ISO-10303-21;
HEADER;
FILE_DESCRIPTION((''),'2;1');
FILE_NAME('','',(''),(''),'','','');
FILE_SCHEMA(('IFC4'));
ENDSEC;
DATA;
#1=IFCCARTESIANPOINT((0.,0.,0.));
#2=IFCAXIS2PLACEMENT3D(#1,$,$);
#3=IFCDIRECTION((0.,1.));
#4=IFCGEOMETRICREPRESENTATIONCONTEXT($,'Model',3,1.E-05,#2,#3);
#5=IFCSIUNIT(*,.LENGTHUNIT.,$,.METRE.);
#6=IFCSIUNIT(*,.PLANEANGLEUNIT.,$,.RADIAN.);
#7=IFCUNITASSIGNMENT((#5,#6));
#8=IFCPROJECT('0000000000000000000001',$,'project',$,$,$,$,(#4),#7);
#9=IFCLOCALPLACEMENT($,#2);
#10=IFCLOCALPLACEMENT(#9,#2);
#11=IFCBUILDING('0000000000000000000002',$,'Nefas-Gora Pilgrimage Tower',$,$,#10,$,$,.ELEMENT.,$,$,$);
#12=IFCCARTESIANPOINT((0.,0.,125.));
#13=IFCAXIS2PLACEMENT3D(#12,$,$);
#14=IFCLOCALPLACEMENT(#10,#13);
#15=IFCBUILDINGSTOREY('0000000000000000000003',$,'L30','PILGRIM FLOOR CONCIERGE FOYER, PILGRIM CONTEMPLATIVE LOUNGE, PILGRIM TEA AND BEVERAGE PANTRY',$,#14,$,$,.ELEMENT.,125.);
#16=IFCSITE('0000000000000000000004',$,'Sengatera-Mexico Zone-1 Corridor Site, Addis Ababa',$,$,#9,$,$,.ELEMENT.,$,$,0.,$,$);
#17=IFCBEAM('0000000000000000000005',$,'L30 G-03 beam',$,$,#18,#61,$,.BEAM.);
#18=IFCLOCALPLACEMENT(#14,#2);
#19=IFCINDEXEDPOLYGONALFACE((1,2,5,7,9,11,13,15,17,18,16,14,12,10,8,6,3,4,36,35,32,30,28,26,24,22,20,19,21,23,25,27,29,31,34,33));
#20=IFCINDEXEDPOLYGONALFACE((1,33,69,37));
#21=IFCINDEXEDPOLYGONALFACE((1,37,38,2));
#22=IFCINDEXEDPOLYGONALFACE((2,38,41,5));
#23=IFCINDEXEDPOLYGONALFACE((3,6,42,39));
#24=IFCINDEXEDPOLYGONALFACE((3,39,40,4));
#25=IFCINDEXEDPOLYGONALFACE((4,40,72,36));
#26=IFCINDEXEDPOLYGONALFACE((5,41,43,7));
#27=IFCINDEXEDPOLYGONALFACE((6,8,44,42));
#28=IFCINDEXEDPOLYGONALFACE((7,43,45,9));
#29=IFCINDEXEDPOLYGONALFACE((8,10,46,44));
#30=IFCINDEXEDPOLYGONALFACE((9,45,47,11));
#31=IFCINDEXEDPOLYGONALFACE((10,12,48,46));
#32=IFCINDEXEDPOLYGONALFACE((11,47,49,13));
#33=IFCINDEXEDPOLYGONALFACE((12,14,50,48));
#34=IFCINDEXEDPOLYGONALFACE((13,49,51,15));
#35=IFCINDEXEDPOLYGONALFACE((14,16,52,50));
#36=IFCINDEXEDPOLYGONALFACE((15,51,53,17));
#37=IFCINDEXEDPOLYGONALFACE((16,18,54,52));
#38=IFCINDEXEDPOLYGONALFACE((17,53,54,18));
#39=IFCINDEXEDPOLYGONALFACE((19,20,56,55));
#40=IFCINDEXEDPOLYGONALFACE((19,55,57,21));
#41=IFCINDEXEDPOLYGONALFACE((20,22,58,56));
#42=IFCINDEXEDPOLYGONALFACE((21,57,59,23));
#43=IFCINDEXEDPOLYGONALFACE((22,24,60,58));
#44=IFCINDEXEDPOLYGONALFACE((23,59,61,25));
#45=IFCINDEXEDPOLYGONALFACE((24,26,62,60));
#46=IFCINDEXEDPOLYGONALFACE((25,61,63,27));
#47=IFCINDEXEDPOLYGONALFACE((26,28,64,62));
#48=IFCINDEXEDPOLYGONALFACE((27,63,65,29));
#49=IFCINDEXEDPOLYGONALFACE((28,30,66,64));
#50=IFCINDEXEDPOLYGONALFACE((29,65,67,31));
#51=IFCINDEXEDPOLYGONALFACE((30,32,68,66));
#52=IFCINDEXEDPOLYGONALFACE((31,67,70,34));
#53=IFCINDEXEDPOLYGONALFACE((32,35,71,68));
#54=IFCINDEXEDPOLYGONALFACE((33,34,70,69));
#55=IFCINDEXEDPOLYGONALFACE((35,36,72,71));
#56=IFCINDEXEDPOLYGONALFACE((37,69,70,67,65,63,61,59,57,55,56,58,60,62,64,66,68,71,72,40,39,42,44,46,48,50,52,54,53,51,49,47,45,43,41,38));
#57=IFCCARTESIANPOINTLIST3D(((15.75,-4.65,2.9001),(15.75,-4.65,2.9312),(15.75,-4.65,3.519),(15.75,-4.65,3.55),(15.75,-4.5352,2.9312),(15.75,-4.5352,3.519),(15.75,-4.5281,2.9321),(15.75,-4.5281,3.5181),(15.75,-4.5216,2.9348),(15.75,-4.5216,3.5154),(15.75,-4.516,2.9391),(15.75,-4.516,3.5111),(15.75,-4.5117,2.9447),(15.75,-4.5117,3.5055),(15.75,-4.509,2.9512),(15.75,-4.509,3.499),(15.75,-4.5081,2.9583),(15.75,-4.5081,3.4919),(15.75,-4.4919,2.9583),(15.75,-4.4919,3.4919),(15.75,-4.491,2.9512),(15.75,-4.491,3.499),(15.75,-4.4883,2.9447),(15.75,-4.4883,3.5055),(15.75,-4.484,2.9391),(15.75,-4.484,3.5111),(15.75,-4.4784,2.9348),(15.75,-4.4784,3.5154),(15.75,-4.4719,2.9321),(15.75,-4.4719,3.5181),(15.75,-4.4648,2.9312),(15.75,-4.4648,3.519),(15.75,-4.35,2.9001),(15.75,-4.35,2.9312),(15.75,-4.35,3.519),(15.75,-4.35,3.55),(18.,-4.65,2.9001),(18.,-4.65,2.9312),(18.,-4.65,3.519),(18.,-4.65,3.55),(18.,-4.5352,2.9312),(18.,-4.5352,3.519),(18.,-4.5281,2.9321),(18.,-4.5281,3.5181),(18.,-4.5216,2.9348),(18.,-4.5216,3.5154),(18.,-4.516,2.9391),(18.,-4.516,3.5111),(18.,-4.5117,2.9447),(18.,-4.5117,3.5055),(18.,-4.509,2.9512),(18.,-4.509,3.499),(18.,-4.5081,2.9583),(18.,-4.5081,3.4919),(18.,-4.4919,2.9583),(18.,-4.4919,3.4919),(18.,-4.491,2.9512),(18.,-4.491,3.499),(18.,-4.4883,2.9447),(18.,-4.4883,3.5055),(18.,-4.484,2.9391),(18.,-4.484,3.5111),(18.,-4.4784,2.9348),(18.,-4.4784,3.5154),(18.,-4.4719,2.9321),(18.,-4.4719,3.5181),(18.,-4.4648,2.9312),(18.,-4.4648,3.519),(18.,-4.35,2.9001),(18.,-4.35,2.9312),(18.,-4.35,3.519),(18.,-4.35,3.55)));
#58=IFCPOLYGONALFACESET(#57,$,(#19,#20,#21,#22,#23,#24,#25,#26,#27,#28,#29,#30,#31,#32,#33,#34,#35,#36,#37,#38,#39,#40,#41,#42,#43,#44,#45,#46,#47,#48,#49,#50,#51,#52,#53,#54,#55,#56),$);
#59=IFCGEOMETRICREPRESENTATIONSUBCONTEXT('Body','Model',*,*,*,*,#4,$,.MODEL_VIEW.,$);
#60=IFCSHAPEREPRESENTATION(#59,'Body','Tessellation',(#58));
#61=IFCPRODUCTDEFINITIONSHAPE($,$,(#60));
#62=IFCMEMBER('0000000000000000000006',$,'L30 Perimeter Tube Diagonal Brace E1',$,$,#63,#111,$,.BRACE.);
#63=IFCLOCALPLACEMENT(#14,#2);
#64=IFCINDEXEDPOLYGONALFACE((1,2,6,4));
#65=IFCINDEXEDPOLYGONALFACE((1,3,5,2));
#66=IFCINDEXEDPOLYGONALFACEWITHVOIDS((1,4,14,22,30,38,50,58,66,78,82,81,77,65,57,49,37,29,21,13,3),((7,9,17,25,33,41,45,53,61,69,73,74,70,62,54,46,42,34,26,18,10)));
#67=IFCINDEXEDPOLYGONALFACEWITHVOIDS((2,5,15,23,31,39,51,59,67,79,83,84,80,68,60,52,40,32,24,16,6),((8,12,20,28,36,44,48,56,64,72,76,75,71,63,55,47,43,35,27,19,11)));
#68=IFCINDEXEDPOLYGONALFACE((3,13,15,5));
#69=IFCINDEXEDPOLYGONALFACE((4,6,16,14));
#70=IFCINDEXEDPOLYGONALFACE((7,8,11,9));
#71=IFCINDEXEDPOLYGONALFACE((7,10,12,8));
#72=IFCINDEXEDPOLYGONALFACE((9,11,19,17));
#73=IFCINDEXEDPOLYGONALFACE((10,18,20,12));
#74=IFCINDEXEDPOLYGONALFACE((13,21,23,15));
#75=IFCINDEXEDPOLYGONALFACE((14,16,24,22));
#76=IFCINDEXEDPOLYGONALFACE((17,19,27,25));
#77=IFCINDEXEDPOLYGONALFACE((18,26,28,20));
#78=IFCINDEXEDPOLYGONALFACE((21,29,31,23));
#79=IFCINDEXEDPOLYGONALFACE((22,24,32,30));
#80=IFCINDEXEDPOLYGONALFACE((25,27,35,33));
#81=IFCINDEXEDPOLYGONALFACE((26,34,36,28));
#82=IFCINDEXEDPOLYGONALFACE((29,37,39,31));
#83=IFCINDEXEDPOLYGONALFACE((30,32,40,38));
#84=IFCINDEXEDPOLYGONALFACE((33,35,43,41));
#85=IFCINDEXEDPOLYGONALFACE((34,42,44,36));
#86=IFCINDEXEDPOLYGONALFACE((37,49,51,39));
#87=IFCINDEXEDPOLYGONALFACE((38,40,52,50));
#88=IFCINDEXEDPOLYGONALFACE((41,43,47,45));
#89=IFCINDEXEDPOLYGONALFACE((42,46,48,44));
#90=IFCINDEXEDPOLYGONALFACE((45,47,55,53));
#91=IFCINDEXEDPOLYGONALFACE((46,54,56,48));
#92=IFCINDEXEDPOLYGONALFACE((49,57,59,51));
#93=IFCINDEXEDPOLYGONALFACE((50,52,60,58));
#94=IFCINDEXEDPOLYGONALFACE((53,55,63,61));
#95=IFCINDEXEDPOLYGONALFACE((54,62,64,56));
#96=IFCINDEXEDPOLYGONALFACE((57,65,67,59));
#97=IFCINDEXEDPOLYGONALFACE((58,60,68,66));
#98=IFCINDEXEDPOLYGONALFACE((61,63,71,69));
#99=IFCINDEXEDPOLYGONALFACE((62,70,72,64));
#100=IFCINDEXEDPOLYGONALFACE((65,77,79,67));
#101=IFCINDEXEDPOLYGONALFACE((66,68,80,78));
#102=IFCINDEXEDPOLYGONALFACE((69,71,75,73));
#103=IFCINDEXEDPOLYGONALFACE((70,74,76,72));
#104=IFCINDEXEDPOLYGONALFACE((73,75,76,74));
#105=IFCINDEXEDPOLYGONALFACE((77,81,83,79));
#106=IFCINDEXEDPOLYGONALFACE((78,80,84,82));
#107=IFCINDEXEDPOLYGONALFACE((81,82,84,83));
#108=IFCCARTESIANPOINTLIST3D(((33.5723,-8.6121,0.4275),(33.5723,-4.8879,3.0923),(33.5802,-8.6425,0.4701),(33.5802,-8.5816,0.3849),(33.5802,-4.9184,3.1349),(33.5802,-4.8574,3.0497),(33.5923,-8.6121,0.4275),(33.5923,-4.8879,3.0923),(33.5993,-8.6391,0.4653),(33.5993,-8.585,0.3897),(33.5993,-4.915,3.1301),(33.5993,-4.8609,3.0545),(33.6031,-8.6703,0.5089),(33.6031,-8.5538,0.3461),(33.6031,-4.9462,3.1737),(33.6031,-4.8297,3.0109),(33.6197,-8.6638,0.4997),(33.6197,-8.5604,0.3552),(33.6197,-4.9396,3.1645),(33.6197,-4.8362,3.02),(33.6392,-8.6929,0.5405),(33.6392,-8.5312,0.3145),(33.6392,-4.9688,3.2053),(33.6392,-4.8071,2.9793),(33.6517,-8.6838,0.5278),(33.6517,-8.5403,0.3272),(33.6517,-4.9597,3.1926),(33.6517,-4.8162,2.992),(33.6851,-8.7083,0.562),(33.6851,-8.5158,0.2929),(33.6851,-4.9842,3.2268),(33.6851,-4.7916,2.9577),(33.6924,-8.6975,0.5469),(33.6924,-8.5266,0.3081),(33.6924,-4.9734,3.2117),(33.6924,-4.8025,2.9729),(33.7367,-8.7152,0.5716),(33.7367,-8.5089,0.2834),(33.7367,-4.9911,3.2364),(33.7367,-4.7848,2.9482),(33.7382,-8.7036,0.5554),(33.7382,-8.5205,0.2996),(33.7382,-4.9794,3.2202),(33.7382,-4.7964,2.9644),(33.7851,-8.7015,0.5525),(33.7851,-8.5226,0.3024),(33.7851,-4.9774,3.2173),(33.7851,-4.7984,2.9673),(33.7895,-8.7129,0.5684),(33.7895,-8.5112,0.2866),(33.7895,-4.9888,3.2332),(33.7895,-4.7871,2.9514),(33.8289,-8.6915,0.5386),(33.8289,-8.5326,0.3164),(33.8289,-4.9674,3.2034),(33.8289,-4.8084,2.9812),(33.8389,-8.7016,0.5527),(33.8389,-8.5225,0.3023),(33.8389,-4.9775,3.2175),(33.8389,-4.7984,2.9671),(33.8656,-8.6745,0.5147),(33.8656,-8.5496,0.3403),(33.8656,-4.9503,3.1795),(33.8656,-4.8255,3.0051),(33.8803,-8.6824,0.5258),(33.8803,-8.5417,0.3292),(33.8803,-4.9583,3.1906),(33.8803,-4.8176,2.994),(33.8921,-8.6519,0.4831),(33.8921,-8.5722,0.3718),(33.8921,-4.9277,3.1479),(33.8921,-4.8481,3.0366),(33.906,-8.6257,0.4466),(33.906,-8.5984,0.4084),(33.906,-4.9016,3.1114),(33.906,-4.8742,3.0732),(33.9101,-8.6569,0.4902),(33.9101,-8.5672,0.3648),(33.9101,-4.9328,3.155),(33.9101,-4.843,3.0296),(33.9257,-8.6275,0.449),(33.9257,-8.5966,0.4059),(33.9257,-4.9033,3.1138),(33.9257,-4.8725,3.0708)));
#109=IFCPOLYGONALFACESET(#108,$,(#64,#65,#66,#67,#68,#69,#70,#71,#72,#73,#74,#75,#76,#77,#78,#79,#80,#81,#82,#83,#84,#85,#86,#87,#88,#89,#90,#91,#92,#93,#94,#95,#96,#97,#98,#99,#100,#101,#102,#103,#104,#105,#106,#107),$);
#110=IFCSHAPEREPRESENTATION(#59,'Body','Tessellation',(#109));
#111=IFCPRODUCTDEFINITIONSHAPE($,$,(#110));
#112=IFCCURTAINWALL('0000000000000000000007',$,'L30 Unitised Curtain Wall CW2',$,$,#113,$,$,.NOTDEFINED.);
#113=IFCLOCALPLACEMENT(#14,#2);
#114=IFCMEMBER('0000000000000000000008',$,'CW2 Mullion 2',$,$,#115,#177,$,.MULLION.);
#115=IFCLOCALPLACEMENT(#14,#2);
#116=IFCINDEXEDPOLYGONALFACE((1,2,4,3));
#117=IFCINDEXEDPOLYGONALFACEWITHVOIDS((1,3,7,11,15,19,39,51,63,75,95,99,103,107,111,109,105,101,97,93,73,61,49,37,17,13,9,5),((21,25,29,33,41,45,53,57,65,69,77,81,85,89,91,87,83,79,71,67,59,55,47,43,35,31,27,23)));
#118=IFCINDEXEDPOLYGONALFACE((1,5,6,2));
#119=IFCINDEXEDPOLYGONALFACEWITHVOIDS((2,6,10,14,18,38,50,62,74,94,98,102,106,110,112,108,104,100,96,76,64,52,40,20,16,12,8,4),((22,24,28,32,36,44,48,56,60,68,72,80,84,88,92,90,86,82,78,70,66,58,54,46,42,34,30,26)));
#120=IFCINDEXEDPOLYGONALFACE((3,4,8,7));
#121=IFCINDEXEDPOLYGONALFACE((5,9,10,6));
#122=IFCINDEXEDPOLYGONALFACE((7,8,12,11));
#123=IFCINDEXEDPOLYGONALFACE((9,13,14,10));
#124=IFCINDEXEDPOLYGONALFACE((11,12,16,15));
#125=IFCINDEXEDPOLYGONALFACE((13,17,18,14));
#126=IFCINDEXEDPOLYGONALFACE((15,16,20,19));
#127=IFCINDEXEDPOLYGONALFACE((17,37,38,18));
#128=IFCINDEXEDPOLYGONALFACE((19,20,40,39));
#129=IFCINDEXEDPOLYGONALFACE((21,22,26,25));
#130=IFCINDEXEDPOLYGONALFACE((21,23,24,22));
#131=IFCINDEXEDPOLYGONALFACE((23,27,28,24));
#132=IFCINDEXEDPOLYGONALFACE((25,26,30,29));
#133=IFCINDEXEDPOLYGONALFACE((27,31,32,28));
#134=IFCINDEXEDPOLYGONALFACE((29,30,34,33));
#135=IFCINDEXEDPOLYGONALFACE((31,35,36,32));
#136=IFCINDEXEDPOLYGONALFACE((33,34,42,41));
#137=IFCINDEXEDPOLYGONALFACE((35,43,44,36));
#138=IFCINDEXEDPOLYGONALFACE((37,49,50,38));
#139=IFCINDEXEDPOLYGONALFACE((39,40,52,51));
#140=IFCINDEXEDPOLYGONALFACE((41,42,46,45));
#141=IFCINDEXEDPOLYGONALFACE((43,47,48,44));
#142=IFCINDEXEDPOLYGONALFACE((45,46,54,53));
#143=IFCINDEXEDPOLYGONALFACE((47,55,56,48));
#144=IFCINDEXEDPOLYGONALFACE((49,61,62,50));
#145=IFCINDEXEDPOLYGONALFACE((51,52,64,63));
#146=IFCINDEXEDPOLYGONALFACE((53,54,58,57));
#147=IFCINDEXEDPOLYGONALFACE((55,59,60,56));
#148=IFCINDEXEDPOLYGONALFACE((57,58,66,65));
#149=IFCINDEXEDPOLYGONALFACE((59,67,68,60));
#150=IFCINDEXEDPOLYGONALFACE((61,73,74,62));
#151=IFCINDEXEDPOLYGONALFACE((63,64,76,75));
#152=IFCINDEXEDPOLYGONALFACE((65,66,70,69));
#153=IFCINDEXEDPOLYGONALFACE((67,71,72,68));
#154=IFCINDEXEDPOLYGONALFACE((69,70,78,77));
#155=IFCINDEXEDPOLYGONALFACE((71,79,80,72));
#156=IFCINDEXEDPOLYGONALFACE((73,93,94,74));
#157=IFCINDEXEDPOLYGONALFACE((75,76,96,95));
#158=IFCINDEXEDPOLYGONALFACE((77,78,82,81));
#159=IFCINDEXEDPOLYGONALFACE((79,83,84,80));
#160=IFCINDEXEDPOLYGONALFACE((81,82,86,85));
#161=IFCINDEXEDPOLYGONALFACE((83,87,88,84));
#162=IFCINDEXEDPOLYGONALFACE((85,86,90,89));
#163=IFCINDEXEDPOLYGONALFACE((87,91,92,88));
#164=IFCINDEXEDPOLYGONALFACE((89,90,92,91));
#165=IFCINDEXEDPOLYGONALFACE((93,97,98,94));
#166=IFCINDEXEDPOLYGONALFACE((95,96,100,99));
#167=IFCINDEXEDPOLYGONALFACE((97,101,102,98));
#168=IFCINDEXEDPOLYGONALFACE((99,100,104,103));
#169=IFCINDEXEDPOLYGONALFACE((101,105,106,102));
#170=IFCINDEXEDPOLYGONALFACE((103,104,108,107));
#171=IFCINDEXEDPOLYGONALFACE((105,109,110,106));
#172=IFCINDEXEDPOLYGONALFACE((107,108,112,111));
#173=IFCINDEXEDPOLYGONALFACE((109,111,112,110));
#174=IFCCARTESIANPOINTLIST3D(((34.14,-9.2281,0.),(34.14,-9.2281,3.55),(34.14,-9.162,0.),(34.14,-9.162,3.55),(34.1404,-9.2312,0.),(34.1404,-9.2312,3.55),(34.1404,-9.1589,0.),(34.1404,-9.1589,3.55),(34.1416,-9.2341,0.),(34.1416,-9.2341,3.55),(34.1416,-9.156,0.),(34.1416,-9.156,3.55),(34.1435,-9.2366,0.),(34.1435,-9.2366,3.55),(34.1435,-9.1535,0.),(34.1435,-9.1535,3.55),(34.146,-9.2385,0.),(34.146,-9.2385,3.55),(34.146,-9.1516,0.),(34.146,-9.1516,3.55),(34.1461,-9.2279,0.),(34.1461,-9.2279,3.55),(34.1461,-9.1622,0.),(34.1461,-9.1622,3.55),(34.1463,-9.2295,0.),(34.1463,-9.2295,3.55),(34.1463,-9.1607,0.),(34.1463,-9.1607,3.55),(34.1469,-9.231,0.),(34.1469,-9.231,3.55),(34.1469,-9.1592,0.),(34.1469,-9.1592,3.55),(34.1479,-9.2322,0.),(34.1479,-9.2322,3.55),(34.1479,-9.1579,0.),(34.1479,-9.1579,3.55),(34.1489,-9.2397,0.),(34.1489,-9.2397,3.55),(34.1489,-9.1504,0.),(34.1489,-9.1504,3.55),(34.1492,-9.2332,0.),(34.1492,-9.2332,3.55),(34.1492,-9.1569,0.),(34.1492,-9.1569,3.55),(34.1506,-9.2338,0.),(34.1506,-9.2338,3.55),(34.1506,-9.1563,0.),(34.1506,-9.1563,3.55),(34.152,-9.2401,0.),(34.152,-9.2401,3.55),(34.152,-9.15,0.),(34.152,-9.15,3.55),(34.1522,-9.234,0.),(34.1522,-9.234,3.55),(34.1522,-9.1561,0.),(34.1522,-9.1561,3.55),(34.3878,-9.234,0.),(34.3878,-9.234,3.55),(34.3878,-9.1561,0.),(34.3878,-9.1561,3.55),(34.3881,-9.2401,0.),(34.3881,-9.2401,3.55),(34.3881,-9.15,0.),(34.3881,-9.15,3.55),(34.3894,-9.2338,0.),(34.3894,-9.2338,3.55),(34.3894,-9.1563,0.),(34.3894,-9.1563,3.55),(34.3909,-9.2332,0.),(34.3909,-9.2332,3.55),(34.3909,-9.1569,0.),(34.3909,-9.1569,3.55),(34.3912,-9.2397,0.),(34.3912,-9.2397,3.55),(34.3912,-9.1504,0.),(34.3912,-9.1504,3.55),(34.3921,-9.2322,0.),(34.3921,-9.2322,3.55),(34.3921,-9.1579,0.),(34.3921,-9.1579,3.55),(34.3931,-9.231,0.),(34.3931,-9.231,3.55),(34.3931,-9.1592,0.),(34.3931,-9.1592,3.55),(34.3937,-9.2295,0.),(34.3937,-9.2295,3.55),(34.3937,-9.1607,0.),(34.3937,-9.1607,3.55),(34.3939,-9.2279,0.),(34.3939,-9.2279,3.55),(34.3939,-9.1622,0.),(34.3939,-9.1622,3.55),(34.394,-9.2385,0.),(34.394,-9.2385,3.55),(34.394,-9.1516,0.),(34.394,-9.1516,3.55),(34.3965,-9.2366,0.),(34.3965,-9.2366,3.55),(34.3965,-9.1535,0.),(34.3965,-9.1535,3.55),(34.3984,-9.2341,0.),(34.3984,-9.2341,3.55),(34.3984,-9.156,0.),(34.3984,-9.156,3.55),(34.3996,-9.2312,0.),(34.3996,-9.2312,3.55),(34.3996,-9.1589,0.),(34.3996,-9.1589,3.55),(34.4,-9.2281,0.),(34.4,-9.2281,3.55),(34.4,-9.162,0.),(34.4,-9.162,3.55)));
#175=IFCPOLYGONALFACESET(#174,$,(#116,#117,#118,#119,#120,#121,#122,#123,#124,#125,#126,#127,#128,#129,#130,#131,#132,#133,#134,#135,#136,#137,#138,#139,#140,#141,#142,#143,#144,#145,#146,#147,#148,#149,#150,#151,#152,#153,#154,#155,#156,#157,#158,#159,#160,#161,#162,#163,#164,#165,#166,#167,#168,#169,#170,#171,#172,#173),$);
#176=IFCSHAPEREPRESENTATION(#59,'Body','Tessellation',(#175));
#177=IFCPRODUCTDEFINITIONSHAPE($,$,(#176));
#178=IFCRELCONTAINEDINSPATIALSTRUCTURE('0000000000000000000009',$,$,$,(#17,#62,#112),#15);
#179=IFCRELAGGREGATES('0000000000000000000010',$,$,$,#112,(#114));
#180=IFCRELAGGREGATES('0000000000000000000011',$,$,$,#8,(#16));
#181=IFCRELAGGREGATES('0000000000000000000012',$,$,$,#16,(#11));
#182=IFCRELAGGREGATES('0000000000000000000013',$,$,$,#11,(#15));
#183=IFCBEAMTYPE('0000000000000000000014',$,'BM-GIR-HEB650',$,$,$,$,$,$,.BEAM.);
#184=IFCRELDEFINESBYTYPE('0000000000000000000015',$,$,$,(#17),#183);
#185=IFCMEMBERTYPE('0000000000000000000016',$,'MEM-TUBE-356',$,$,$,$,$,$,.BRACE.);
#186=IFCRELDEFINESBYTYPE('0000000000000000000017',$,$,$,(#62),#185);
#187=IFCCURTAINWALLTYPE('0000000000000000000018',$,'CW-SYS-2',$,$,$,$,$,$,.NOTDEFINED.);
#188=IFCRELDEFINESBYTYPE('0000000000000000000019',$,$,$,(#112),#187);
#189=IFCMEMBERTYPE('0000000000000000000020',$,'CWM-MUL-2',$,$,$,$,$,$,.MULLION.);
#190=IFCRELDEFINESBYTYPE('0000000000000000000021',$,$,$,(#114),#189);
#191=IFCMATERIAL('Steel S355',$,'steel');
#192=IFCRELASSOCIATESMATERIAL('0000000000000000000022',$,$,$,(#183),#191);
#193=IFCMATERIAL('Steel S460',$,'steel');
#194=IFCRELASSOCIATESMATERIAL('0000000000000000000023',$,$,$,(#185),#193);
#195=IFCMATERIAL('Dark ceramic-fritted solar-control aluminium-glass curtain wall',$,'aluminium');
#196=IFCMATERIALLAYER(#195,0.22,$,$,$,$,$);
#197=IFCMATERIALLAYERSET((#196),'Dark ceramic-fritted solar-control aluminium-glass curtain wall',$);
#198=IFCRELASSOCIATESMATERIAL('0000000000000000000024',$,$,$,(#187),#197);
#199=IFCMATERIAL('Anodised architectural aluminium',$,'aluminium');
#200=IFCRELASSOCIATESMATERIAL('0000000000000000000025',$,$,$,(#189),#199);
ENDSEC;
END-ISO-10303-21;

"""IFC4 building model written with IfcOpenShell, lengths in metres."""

from ifc_helpers import new_model, si_unit, direction, frame, origin, origin_2d, place, context, subcontext, project, spatial, hollow_rectangle, hollow_circle, i_section, extrude, source, transform, mapped, material, layer, layer_set, material_profile, profile_set, type_object, element, aggregate, save


model = new_model("IFC4")

# Units and contexts
model_context = context("Model", 3, precision=1e-05, world=origin(), true_north=direction((0.0, 1.0)))
body_context = subcontext(model_context, "Body", "Model", "MODEL_VIEW")
ifc_project = project(units=[si_unit("LENGTHUNIT", "METRE"), si_unit("PLANEANGLEUNIT", "RADIAN")], contexts=[model_context])

# Site, building, storey
site_placement = place(None, origin())
site = spatial("IfcSite", under=ifc_project, at=site_placement, Name="Sengatera-Mexico Zone-1 Corridor Site, Addis Ababa", CompositionType="ELEMENT", RefElevation=0.0)
building_placement = place(site_placement, origin())
building = spatial("IfcBuilding", under=site, at=building_placement, Name="Nefas-Gora Pilgrimage Tower", CompositionType="ELEMENT")
storey_placement = place(building_placement, frame((0.0, 0.0, 125.0)))
storey = spatial("IfcBuildingStorey", under=building, at=storey_placement, Name="L30", Description="PILGRIM FLOOR CONCIERGE FOYER, PILGRIM CONTEMPLATIVE LOUNGE, PILGRIM TEA AND BEVERAGE PANTRY", CompositionType="ELEMENT", Elevation=125.0)

# Shared definitions
ifc_material_1 = material(Name="Steel S460", Category="steel")

# Beam
ifc_material_2 = material(Name="Steel S355", Category="steel")
ifc_material_profile_1 = material_profile(ifc_material_2, i_section(OverallWidth=0.3, OverallDepth=0.6499, WebThickness=0.0161, FlangeThickness=0.031, FilletRadius=0.0271, at=origin_2d()), Name="HEB 650")
ifc_profile_set_1 = profile_set([ifc_material_profile_1], Name="Steel S355")
beam_type_1 = type_object("IfcBeamType", Name="BM-GIR-HEB650", PredefinedType="BEAM", material=ifc_profile_set_1)
shared_shape_1 = source(origin(), body_context, "Body", "SweptSolid", [
    extrude(i_section(OverallWidth=0.3, OverallDepth=0.6499, WebThickness=0.0161, FlangeThickness=0.031, FilletRadius=0.0271, at=origin_2d()), origin(), (0.0, 0.0, 1.0), 2.25),
])
for number, where, z_axis, x_axis, name in (
    (1, (15.75, -4.5, 3.2251), (1.0, 0.0, 0.0), (0.0, 1.0, 0.0), "L30 G-03 beam"),
):
    element("IfcBeam", number, at=place(storey_placement, frame(where, z_axis=z_axis, x_axis=x_axis)), inside=storey, type_object=beam_type_1, Name=name, PredefinedType="BEAM", context=body_context, shape_type="MappedRepresentation", body=[
        mapped(shared_shape_1, transform((0.0, 0.0, 0.0), x_axis=(1.0, 0.0, 0.0), y_axis=(0.0, 1.0, 0.0), z_axis=(0.0, 0.0, 1.0), scale=1.0)),
    ])

# Member
ifc_material_profile_2 = material_profile(ifc_material_1, hollow_circle(Radius=0.1777, WallThickness=0.02, at=origin_2d()), Name="CHS 355.6x20")
ifc_profile_set_2 = profile_set([ifc_material_profile_2], Name="Steel S460")
member_type_1 = type_object("IfcMemberType", Name="MEM-TUBE-356", PredefinedType="BRACE", material=ifc_profile_set_2)
shared_shape_2 = source(origin(), body_context, "Body", "SweptSolid", [
    extrude(hollow_circle(Radius=0.1777, WallThickness=0.02, at=origin_2d()), origin(), (0.0, 0.0, 1.0), 4.5793),
])
member_1_placement = place(storey_placement, frame((33.75, -8.6121, 0.4275), z_axis=(0.0, 0.813247, 0.581919), x_axis=(-1.0, 0.0, 0.0)))
element("IfcMember", 2, at=member_1_placement, inside=storey, type_object=member_type_1, Name="L30 Perimeter Tube Diagonal Brace E1", PredefinedType="BRACE", context=body_context, shape_type="MappedRepresentation", body=[
    mapped(shared_shape_2, transform((0.0, 0.0, 0.0), x_axis=(1.0, 0.0, 0.0), y_axis=(0.0, 1.0, 0.0), z_axis=(0.0, 0.0, 1.0), scale=1.0)),
])

# Curtain wall, member
ifc_material_3 = material(Name="Dark ceramic-fritted solar-control aluminium-glass curtain wall", Category="aluminium")
ifc_layer_1 = layer(ifc_material_3, 0.22)
ifc_layer_set_1 = layer_set([ifc_layer_1], Name="Dark ceramic-fritted solar-control aluminium-glass curtain wall")
curtain_wall_type = type_object("IfcCurtainWallType", Name="CW-SYS-2", PredefinedType="NOTDEFINED", material=ifc_layer_set_1)
curtain_wall_1_placement = place(storey_placement, origin())
curtain_wall_1 = element("IfcCurtainWall", 3, at=curtain_wall_1_placement, inside=storey, type_object=curtain_wall_type, Name="L30 Unitised Curtain Wall CW2", PredefinedType="NOTDEFINED")
ifc_material_4 = material(Name="Anodised architectural aluminium", Category="aluminium")
ifc_material_profile_3 = material_profile(ifc_material_4, hollow_rectangle(XDim=0.0901, YDim=0.26, WallThickness=0.0061, InnerFilletRadius=0.0061, OuterFilletRadius=0.012, at=origin_2d()), Name="ALU MULLION 90x260")
ifc_profile_set_3 = profile_set([ifc_material_profile_3], Name="Anodised architectural aluminium")
member_type_2 = type_object("IfcMemberType", Name="CWM-MUL-2", PredefinedType="MULLION", material=ifc_profile_set_3)
shared_shape_3 = source(origin(), body_context, "Body", "SweptSolid", [
    extrude(hollow_rectangle(XDim=0.0901, YDim=0.26, WallThickness=0.0061, InnerFilletRadius=0.0061, OuterFilletRadius=0.012, at=origin_2d()), origin(), (0.0, 0.0, 1.0), 3.55),
])
member_2_placement = place(storey_placement, frame((34.27, -9.1951, 0.0), z_axis=(0.0, 0.0, 1.0), x_axis=(0.0, 1.0, 0.0)))
member_2 = element("IfcMember", 4, at=member_2_placement, type_object=member_type_2, Name="CW2 Mullion 2", PredefinedType="MULLION", context=body_context, shape_type="MappedRepresentation", body=[
    mapped(shared_shape_3, transform((0.0, 0.0, 0.0), x_axis=(1.0, 0.0, 0.0), y_axis=(0.0, 1.0, 0.0), z_axis=(0.0, 0.0, 1.0), scale=1.0)),
])

aggregate(curtain_wall_1, [member_2])

save(model, "model.ifc")
